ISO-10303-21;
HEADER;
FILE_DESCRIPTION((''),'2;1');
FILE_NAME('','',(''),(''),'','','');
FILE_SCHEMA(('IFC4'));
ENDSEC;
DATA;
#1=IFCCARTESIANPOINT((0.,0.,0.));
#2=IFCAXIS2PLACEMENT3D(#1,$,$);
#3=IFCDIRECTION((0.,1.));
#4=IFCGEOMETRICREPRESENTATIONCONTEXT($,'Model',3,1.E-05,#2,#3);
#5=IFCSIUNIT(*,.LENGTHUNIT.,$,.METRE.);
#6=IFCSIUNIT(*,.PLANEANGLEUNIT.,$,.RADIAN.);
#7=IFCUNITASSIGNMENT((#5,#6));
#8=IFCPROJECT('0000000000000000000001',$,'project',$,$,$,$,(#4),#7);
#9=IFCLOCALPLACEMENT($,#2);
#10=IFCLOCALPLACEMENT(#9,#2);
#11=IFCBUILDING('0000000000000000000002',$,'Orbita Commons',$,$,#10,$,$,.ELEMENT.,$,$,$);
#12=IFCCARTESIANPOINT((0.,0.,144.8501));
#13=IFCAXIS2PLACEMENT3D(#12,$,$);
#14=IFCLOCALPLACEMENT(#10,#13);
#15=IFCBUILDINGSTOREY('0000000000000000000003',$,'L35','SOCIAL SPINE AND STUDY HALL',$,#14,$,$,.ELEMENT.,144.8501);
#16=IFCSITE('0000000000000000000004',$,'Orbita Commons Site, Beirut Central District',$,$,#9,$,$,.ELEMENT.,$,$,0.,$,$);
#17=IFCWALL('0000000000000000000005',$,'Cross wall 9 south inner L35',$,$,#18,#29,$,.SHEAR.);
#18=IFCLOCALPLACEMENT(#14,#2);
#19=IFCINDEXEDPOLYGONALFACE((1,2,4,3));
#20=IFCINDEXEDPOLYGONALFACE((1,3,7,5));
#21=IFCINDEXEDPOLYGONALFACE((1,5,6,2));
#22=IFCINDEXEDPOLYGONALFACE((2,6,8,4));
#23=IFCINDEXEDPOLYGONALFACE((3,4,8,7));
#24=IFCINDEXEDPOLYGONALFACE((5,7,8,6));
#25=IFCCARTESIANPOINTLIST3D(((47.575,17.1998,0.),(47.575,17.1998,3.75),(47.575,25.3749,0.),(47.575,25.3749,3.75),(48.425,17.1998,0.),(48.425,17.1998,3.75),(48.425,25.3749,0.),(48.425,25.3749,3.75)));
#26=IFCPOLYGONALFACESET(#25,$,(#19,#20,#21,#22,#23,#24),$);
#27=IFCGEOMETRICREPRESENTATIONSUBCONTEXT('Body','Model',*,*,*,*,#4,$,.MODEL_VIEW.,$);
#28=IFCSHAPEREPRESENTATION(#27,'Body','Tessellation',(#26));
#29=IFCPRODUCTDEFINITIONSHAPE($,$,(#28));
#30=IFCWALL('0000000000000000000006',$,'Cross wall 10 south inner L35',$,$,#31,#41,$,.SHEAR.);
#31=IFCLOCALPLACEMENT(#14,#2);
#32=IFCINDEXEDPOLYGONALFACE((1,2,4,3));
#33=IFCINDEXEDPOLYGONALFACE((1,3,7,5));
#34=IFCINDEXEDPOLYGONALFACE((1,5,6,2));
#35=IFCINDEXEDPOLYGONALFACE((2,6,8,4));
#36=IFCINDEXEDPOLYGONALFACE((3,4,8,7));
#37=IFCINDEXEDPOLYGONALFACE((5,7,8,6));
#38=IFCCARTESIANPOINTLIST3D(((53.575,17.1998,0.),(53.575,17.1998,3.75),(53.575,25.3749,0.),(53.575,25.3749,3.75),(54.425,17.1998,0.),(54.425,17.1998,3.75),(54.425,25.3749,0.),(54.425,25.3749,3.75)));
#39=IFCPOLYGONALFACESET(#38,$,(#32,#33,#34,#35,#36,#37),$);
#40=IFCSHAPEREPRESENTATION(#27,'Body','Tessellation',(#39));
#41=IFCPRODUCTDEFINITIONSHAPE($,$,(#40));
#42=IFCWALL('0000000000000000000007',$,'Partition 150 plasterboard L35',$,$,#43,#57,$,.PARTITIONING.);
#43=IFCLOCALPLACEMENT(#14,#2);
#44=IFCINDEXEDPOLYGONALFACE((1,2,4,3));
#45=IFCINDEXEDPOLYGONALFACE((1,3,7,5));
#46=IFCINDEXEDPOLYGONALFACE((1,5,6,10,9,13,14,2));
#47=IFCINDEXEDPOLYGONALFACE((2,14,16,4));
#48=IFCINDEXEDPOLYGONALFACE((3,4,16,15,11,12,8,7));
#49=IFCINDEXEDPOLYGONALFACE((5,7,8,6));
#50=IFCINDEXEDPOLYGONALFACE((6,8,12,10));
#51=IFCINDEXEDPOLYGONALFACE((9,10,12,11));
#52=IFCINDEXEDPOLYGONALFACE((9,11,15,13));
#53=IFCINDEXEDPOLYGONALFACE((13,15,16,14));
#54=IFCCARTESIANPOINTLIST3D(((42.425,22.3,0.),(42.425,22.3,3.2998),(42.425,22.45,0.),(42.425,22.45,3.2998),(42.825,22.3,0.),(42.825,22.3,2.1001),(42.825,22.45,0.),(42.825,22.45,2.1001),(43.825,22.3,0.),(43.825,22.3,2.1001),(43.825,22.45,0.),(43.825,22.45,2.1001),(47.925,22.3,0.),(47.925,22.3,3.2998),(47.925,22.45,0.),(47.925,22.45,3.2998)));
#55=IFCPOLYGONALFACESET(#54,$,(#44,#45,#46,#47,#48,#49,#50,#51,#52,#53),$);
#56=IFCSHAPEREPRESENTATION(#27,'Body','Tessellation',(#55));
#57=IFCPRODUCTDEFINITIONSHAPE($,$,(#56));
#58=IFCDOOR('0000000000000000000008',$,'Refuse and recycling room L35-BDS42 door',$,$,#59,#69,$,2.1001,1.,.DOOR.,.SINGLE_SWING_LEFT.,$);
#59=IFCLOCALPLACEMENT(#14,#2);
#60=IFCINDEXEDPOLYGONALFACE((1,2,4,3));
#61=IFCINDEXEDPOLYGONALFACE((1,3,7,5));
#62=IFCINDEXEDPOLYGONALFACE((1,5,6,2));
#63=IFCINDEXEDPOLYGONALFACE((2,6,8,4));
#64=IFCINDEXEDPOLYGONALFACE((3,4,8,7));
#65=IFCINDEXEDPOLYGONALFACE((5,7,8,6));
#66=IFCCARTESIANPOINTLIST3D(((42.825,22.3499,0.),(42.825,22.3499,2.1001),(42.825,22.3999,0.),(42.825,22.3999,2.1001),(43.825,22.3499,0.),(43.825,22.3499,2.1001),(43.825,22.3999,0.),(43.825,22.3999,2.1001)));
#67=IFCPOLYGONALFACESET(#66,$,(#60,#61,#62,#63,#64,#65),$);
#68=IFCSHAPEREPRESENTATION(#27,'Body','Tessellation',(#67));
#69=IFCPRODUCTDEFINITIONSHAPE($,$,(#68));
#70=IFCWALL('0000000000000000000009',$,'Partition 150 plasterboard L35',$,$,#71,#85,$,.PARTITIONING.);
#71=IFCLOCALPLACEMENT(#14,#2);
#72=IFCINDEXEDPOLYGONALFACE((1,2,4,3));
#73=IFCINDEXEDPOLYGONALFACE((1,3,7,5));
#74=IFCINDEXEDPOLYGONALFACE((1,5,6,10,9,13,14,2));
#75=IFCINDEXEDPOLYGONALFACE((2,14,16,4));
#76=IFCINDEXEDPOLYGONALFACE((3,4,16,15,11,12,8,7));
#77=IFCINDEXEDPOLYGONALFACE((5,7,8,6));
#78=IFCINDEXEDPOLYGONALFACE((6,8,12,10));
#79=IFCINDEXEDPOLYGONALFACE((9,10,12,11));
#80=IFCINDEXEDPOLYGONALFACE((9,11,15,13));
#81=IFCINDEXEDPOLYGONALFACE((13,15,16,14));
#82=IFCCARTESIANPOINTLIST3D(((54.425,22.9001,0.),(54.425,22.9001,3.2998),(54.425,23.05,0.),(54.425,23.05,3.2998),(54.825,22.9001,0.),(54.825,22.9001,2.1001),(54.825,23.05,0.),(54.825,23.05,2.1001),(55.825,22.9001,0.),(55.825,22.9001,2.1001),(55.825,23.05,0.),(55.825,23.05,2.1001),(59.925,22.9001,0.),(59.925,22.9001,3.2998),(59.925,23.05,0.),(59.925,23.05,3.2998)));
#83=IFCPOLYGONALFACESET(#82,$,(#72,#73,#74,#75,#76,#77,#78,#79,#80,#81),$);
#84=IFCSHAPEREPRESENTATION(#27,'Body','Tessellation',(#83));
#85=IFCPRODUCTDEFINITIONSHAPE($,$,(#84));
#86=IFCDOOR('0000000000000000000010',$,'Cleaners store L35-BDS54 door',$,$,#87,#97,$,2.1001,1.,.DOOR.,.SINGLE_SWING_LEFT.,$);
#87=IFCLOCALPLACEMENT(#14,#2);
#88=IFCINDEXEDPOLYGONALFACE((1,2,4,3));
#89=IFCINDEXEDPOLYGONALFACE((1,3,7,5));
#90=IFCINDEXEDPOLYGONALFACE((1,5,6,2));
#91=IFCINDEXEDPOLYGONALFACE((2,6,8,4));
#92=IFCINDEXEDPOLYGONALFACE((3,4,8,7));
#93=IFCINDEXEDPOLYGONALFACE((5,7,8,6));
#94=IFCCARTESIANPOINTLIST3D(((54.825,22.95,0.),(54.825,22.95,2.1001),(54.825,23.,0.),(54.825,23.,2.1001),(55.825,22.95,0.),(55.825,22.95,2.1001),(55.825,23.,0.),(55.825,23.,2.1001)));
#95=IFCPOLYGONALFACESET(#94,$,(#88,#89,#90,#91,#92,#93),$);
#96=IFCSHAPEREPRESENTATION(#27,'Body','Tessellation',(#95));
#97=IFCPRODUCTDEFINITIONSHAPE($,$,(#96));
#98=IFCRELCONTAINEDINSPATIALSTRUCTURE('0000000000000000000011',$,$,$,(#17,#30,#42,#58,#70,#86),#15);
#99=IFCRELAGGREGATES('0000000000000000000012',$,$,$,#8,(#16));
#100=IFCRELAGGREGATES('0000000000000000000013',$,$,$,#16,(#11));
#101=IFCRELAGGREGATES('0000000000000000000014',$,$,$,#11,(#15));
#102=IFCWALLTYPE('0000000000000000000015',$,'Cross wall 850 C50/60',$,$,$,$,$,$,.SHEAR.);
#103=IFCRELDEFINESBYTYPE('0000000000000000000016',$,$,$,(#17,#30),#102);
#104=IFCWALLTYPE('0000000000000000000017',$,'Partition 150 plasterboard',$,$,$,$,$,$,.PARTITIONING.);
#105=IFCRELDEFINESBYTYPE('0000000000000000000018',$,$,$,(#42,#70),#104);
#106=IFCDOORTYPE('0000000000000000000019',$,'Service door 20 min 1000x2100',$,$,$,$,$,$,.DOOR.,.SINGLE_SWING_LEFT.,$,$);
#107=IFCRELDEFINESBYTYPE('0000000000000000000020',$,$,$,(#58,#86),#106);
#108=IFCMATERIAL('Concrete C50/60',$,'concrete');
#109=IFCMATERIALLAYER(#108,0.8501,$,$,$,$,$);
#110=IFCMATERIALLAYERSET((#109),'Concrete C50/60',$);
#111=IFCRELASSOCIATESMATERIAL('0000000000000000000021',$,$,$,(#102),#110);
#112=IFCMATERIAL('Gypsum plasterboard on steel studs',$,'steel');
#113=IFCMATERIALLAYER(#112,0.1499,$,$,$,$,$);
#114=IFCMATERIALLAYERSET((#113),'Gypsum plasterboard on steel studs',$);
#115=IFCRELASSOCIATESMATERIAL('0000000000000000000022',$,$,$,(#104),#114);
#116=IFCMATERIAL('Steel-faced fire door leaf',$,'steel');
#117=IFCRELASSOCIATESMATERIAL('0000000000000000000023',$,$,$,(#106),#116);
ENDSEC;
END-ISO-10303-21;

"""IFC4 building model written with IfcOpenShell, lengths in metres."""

from ifc_helpers import new_model, si_unit, direction, frame, frame_2d, origin, place, context, subcontext, project, spatial, rectangle, extrude, material, layer, layer_set, type_object, element, fill, save


model = new_model("IFC4")

# Units and contexts
model_context = context("Model", 3, precision=1e-05, world=origin(), true_north=direction((0.0, 1.0)))
body_context = subcontext(model_context, "Body", "Model", "MODEL_VIEW")
ifc_project = project(units=[si_unit("LENGTHUNIT", "METRE"), si_unit("PLANEANGLEUNIT", "RADIAN")], contexts=[model_context])

# Site, building, storey
site_placement = place(None, origin())
site = spatial("IfcSite", under=ifc_project, at=site_placement, Name="Orbita Commons Site, Beirut Central District", CompositionType="ELEMENT", RefElevation=0.0)
building_placement = place(site_placement, origin())
building = spatial("IfcBuilding", under=site, at=building_placement, Name="Orbita Commons", CompositionType="ELEMENT")
storey_placement = place(building_placement, frame((0.0, 0.0, 144.8501)))
storey = spatial("IfcBuildingStorey", under=building, at=storey_placement, Name="L35", Description="SOCIAL SPINE AND STUDY HALL", CompositionType="ELEMENT", Elevation=144.8501)

# Walls
ifc_material_1 = material(Name="Concrete C50/60", Category="concrete")
ifc_layer_1 = layer(ifc_material_1, 0.8501)
ifc_layer_set_1 = layer_set([ifc_layer_1], Name="Concrete C50/60")
wall_type_1 = type_object("IfcWallType", Name="Cross wall 850 C50/60", PredefinedType="SHEAR", material=ifc_layer_set_1)
for number, where, z_axis, x_axis, name in (
    (1, (48.0, 17.2, 0.0), (0.0, 0.0, 1.0), (0.0, 1.0, 0.0), "Cross wall 9 south inner L35"),
    (2, (54.0, 17.2, 0.0), (0.0, 0.0, 1.0), (0.0, 1.0, 0.0), "Cross wall 10 south inner L35"),
):
    element("IfcWall", number, at=place(storey_placement, frame(where, z_axis=z_axis, x_axis=x_axis)), inside=storey, type_object=wall_type_1, Name=name, PredefinedType="SHEAR", context=body_context, shape_type="SweptSolid", body=[
        extrude(rectangle(XDim=8.175, YDim=0.8501, at=frame_2d((4.0874, 0.0))), origin(), (0.0, 0.0, 1.0), 3.75),
    ])

# Walls, openings, doors
ifc_material_2 = material(Name="Gypsum plasterboard on steel studs", Category="steel")
ifc_layer_2 = layer(ifc_material_2, 0.1499)
ifc_layer_set_2 = layer_set([ifc_layer_2], Name="Gypsum plasterboard on steel studs")
wall_type_2 = type_object("IfcWallType", Name="Partition 150 plasterboard", PredefinedType="PARTITIONING", material=ifc_layer_set_2)
wall_1_placement = place(storey_placement, frame((42.425, 22.375, 0.0), z_axis=(0.0, 0.0, 1.0), x_axis=(1.0, 0.0, 0.0)))
wall_1 = element("IfcWall", 3, at=wall_1_placement, inside=storey, type_object=wall_type_2, Name="Partition 150 plasterboard L35", PredefinedType="PARTITIONING", context=body_context, shape_type="SweptSolid", body=[
    extrude(rectangle(XDim=5.5, YDim=0.1499, at=frame_2d((2.75, 0.0))), origin(), (0.0, 0.0, 1.0), 3.2998),
])
opening_1_placement = place(wall_1_placement, frame((0.3999, 0.0, 0.0)))
opening_1 = element("IfcOpeningElement", 4, at=opening_1_placement, cuts=wall_1, PredefinedType="OPENING", context=body_context, shape_type="SweptSolid", body=[
    extrude(rectangle(XDim=1.0, YDim=2.1001, at=frame_2d((0.5, 1.05))), frame((0.0, 0.085, 0.0), z_axis=(0.0, -1.0, 0.0), x_axis=(1.0, 0.0, 0.0)), (0.0, 0.0, 1.0), 0.1699),
])
ifc_material_3 = material(Name="Steel-faced fire door leaf", Category="steel")
door_type_1 = type_object("IfcDoorType", Name="Service door 20 min 1000x2100", OperationType="SINGLE_SWING_LEFT", PredefinedType="DOOR", material=ifc_material_3)
door_1_placement = place(opening_1_placement, origin())
door_1 = element("IfcDoor", 5, at=door_1_placement, inside=storey, type_object=door_type_1, Name="Refuse and recycling room L35-BDS42 door", OperationType="SINGLE_SWING_LEFT", OverallHeight=2.1001, OverallWidth=1.0, PredefinedType="DOOR", context=body_context, shape_type="SweptSolid", body=[
    extrude(rectangle(XDim=1.0, YDim=2.1001, at=frame_2d((0.5, 1.05))), frame((0.0, 0.0249, 0.0), z_axis=(0.0, -1.0, 0.0), x_axis=(1.0, 0.0, 0.0)), (0.0, 0.0, 1.0), 0.05),
])
fill(opening_1, door_1)
wall_2_placement = place(storey_placement, frame((54.425, 22.9751, 0.0), z_axis=(0.0, 0.0, 1.0), x_axis=(1.0, 0.0, 0.0)))
wall_2 = element("IfcWall", 6, at=wall_2_placement, inside=storey, type_object=wall_type_2, Name="Partition 150 plasterboard L35", PredefinedType="PARTITIONING", context=body_context, shape_type="SweptSolid", body=[
    extrude(rectangle(XDim=5.5, YDim=0.1499, at=frame_2d((2.75, 0.0))), origin(), (0.0, 0.0, 1.0), 3.2998),
])
opening_2_placement = place(wall_2_placement, frame((0.3999, 0.0, 0.0)))
opening_2 = element("IfcOpeningElement", 7, at=opening_2_placement, cuts=wall_2, PredefinedType="OPENING", context=body_context, shape_type="SweptSolid", body=[
    extrude(rectangle(XDim=1.0, YDim=2.1001, at=frame_2d((0.5, 1.05))), frame((0.0, 0.085, 0.0), z_axis=(0.0, -1.0, 0.0), x_axis=(1.0, 0.0, 0.0)), (0.0, 0.0, 1.0), 0.1699),
])
door_2_placement = place(opening_2_placement, origin())
door_2 = element("IfcDoor", 8, at=door_2_placement, inside=storey, type_object=door_type_1, Name="Cleaners store L35-BDS54 door", OperationType="SINGLE_SWING_LEFT", OverallHeight=2.1001, OverallWidth=1.0, PredefinedType="DOOR", context=body_context, shape_type="SweptSolid", body=[
    extrude(rectangle(XDim=1.0, YDim=2.1001, at=frame_2d((0.5, 1.05))), frame((0.0, 0.0249, 0.0), z_axis=(0.0, -1.0, 0.0), x_axis=(1.0, 0.0, 0.0)), (0.0, 0.0, 1.0), 0.05),
])
fill(opening_2, door_2)

save(model, "model.ifc")
